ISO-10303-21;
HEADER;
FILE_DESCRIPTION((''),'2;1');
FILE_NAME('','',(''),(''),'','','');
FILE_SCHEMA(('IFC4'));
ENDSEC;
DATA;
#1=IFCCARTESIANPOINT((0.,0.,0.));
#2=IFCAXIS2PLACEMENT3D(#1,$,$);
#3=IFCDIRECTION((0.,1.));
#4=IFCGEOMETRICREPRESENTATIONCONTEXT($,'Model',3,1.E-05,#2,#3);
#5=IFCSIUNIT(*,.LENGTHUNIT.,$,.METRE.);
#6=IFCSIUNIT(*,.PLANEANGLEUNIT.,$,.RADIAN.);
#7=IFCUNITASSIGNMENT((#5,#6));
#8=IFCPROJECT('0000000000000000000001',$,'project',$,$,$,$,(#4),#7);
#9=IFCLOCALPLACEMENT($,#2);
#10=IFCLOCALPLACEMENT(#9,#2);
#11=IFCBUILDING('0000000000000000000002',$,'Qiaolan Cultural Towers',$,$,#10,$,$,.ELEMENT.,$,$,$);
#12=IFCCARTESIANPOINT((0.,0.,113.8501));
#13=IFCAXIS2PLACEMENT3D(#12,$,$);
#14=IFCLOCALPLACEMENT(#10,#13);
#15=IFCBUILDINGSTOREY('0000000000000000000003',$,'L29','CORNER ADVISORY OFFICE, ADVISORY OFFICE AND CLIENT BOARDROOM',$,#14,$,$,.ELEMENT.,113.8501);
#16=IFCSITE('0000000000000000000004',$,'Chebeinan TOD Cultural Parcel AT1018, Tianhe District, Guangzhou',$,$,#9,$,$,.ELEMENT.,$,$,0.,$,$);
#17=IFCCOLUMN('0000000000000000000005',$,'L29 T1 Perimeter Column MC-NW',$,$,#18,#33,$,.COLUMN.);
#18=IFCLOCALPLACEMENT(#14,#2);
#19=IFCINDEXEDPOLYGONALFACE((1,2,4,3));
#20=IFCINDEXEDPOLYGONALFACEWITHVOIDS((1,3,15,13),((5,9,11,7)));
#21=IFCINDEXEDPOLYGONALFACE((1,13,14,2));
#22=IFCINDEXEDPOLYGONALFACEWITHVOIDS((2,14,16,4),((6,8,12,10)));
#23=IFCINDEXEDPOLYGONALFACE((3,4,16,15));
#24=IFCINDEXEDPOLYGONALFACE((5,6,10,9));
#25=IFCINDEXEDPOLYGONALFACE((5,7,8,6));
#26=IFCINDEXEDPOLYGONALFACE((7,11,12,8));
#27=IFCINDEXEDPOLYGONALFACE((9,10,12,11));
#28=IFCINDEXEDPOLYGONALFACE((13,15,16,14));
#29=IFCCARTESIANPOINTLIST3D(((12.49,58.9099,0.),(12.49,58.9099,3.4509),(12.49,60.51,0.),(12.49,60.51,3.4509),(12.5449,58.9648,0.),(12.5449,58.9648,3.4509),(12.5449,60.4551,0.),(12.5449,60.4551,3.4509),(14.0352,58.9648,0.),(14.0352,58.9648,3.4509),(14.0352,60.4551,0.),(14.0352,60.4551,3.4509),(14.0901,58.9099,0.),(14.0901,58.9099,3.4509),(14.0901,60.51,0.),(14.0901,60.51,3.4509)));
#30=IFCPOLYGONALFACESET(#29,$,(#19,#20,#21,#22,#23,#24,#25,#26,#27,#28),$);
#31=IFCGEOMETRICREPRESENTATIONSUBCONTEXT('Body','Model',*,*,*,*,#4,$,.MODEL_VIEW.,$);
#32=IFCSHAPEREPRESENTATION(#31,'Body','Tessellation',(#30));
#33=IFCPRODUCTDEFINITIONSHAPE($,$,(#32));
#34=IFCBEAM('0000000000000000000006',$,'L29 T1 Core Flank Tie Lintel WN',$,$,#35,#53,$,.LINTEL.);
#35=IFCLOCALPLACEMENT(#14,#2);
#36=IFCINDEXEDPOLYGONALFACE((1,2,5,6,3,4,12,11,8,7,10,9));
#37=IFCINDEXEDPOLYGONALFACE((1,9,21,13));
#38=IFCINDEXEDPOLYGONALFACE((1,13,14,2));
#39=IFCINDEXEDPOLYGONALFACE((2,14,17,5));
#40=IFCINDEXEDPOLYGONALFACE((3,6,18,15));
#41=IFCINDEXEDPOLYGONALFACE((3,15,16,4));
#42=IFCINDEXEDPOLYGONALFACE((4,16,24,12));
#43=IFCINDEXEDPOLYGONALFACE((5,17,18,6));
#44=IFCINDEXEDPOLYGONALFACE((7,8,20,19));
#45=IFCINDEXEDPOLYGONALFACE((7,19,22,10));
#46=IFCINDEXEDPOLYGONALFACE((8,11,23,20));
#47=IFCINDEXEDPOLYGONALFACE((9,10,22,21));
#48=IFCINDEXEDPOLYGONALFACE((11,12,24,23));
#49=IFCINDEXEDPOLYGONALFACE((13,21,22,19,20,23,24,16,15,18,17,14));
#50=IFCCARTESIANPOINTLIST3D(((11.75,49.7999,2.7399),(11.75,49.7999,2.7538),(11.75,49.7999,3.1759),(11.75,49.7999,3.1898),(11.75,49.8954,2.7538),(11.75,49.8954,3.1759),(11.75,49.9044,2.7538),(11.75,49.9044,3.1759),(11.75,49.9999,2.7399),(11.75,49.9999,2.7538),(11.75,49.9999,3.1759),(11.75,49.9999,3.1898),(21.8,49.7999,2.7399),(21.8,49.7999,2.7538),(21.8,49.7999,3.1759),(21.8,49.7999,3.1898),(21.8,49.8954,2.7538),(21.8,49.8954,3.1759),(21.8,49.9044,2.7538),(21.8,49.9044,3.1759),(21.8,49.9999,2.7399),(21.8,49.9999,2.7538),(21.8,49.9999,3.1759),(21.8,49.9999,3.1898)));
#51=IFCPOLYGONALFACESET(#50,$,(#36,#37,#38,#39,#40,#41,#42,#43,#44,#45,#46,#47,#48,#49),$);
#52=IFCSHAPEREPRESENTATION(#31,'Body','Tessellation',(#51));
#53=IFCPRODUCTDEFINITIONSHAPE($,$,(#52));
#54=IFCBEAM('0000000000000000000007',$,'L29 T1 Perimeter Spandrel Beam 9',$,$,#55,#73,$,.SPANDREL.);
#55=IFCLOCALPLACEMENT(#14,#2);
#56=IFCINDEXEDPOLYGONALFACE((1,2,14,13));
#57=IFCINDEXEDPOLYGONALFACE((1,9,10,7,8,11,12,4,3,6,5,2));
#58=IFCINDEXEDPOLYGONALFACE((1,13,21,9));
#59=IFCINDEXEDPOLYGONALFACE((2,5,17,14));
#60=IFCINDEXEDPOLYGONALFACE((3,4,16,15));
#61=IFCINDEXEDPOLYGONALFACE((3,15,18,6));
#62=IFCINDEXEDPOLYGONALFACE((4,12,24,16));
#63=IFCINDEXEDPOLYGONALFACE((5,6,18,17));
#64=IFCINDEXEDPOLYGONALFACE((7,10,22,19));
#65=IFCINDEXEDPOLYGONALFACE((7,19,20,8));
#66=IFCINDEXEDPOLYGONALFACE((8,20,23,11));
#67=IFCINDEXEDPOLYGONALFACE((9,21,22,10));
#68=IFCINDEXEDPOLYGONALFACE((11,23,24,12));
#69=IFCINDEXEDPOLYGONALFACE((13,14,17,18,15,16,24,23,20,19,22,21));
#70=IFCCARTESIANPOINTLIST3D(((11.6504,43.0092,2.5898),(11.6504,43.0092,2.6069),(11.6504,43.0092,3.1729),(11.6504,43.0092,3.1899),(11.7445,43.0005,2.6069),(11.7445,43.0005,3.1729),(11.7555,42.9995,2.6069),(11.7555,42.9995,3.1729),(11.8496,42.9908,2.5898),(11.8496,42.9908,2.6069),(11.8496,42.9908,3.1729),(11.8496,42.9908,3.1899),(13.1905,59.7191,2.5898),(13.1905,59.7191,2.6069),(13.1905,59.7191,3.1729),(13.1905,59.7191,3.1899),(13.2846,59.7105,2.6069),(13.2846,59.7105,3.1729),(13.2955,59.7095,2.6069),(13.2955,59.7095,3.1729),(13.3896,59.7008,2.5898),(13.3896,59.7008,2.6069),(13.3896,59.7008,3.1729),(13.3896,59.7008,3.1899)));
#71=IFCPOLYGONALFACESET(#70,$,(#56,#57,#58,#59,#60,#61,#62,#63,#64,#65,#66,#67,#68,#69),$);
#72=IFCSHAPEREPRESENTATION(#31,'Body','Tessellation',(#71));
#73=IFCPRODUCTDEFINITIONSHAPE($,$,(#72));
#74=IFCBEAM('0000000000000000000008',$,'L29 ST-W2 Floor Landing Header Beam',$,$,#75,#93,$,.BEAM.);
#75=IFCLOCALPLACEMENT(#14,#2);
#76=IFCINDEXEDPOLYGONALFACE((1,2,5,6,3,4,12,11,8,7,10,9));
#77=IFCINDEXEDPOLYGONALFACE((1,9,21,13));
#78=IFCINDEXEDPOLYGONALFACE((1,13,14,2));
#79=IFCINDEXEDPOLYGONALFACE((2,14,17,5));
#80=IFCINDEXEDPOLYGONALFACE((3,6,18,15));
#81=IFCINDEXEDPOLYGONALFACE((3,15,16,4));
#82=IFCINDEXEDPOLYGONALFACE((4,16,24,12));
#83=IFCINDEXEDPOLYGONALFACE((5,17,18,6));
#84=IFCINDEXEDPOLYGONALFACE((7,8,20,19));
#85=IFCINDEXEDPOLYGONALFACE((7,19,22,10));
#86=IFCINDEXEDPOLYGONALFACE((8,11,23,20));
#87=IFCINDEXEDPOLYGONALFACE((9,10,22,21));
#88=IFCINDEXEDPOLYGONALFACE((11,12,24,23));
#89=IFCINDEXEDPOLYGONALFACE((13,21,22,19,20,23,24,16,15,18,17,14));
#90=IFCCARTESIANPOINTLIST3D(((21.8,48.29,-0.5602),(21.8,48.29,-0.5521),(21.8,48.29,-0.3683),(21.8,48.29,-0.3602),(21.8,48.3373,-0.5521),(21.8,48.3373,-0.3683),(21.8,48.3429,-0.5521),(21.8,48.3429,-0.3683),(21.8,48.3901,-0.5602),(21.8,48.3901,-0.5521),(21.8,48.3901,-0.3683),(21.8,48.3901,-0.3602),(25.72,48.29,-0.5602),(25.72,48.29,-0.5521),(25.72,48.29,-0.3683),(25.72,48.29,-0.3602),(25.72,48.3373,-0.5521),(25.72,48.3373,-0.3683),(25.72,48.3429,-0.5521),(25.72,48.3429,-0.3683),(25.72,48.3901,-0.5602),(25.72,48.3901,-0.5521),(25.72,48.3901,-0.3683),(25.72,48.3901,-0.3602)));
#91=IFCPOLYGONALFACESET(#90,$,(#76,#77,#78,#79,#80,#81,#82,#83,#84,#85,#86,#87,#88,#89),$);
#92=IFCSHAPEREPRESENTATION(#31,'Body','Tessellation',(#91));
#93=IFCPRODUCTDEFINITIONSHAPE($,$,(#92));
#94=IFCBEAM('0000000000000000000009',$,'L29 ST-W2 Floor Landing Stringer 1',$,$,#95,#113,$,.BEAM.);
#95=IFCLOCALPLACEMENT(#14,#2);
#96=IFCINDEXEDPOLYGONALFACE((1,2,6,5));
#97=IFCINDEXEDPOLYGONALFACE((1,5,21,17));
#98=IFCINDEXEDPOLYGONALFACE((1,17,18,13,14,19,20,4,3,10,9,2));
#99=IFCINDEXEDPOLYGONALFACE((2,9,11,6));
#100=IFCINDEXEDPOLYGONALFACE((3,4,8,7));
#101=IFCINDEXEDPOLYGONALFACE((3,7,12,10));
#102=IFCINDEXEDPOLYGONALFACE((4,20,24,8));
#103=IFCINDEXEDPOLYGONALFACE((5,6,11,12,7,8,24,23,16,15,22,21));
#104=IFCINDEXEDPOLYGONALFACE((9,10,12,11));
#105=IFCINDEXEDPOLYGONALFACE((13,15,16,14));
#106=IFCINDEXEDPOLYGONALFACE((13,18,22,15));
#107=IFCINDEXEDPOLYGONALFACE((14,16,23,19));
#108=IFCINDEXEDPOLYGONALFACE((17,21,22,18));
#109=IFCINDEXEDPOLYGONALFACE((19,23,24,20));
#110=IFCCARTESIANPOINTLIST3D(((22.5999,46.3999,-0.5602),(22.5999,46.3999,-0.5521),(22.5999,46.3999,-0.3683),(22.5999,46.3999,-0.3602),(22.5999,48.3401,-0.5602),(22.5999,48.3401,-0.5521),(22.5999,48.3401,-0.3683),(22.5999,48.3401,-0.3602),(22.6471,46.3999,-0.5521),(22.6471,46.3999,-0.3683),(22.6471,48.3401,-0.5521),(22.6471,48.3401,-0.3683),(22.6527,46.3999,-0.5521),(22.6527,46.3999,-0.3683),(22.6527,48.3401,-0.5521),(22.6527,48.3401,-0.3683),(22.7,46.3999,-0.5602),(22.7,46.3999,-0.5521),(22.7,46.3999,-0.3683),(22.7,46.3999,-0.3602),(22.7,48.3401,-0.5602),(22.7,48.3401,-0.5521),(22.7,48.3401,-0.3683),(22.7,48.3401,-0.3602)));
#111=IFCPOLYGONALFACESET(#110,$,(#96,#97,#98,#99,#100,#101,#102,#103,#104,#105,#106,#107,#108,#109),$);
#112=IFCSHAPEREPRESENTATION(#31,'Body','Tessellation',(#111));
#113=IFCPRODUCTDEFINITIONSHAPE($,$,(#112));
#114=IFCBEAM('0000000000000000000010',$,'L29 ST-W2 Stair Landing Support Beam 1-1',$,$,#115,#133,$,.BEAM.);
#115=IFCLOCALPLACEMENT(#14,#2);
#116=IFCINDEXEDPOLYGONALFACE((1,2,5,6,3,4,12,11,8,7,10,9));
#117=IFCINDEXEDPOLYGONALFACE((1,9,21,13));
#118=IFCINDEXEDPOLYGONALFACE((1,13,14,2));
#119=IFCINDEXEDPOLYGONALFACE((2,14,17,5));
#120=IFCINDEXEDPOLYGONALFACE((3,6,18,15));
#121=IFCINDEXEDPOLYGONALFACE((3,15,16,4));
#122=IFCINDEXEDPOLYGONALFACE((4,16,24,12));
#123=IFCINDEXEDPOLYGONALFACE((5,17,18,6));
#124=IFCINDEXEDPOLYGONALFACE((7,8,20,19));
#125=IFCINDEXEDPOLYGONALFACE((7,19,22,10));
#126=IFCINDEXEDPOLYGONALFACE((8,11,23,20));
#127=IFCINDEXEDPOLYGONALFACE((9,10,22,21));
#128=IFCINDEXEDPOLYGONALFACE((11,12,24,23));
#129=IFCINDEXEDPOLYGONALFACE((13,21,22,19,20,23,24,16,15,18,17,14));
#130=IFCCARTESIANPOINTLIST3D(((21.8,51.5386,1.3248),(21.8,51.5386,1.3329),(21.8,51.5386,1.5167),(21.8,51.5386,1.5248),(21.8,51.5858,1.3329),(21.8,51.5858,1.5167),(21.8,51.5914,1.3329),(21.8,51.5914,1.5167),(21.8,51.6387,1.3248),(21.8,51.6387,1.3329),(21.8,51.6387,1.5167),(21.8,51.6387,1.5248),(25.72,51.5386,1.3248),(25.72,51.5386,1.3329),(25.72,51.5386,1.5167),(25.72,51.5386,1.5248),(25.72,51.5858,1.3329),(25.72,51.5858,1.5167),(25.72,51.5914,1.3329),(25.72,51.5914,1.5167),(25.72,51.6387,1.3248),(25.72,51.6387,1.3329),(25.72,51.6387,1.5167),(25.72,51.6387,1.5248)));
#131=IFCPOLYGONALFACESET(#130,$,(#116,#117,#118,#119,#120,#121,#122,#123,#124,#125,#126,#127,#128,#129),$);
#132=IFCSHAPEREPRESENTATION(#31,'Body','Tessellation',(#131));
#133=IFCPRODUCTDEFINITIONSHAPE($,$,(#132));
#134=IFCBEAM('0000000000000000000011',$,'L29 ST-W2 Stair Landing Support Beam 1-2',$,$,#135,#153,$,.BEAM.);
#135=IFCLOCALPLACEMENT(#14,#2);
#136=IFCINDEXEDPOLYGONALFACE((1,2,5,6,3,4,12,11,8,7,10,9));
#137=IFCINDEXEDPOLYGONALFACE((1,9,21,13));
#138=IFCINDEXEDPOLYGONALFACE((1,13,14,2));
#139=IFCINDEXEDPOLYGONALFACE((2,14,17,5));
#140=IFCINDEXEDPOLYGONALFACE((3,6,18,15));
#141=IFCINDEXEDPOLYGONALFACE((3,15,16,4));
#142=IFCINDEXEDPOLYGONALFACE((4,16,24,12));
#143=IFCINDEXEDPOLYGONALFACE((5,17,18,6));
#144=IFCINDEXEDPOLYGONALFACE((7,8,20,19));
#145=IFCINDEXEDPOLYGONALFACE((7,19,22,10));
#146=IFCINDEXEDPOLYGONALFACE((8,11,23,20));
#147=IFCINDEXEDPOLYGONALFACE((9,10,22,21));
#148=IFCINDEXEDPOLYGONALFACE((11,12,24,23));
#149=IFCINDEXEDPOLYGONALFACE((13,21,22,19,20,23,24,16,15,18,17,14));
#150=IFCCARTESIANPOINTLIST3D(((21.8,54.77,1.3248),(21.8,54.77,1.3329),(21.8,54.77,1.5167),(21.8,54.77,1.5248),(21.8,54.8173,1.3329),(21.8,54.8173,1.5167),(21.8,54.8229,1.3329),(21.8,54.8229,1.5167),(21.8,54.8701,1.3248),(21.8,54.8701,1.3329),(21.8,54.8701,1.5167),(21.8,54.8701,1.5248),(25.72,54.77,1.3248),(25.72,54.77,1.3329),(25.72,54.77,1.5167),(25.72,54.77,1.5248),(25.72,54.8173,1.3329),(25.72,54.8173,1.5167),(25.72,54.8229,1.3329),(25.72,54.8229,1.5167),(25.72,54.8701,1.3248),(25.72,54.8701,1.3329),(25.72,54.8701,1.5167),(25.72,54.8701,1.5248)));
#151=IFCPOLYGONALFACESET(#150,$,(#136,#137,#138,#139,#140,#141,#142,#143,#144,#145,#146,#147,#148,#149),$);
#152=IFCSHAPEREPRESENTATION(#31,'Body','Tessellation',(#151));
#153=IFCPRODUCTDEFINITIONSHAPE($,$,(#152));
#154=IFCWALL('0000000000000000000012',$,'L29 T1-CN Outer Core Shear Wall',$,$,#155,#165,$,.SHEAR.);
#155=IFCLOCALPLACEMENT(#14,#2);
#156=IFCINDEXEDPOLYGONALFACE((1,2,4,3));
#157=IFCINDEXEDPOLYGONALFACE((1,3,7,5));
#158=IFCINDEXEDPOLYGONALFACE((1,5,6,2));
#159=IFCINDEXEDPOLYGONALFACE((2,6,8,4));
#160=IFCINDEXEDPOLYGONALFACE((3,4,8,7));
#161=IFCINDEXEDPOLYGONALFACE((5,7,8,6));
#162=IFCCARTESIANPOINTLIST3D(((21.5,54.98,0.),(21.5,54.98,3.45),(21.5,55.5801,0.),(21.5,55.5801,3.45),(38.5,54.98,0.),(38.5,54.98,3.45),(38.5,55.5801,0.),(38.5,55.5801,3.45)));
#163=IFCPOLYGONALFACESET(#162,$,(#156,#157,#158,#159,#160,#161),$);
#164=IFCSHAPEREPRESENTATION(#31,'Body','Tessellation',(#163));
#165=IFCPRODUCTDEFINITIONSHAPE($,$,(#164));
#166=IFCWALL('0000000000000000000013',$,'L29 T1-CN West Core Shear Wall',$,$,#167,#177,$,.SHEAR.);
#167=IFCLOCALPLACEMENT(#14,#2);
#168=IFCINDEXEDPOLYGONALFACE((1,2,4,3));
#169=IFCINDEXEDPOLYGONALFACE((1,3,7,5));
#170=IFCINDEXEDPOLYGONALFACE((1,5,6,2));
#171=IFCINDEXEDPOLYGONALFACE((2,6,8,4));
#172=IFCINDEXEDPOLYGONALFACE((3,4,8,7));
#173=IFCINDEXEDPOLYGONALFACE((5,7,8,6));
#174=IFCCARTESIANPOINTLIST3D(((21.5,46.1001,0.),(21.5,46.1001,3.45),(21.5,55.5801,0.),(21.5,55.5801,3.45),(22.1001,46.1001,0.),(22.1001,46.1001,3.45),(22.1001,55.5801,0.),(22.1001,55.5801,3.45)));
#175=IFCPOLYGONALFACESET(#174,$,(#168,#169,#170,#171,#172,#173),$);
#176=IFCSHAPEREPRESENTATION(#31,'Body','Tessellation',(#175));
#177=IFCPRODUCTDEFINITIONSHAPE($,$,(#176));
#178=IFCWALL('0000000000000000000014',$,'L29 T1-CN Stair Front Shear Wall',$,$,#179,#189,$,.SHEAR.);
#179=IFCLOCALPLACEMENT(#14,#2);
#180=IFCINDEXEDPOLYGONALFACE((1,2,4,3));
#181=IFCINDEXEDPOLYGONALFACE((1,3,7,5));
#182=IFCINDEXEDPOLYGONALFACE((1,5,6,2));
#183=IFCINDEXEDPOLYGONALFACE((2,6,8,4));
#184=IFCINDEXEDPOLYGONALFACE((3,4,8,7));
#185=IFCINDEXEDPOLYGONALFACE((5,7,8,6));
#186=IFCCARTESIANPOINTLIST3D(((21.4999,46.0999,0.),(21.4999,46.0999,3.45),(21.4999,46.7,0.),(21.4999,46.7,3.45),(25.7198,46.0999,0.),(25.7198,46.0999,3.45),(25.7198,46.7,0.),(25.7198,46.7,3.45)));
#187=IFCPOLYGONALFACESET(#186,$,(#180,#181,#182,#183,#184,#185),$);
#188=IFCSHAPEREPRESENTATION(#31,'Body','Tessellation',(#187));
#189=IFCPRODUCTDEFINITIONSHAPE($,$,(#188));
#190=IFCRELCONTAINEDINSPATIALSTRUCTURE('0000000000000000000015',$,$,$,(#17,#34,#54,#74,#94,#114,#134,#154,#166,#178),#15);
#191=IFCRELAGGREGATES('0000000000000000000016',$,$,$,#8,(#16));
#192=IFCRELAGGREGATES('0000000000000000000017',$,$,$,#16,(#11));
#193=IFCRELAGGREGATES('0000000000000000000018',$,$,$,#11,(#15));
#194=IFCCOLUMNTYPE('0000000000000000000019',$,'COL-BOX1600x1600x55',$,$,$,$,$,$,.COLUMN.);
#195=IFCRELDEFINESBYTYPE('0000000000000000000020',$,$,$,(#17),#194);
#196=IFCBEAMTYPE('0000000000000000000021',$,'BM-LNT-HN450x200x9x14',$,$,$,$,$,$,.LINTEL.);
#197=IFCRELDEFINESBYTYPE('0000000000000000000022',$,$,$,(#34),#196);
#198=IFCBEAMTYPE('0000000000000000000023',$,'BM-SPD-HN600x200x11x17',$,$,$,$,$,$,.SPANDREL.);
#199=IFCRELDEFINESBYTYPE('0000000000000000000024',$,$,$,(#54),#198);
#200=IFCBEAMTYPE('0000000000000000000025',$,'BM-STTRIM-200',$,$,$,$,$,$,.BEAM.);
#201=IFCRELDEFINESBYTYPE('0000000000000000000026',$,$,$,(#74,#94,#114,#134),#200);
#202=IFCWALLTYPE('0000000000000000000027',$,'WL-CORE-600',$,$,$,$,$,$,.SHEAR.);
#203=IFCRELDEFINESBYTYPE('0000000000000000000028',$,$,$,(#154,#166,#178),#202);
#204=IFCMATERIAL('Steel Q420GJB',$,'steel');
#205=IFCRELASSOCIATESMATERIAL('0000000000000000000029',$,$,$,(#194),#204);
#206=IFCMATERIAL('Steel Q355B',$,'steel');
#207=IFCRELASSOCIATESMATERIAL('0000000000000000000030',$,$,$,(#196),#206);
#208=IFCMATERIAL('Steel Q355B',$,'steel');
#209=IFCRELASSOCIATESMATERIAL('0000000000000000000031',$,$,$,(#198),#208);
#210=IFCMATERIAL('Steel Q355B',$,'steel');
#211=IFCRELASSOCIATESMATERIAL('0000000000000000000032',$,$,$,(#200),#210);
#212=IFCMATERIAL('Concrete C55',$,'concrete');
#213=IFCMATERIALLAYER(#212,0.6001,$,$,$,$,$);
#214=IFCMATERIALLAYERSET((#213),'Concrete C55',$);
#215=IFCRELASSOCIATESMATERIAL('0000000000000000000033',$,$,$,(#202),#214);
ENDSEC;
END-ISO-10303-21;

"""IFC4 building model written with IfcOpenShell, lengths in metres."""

from ifc_helpers import new_model, si_unit, direction, frame, frame_2d, origin, origin_2d, place, context, subcontext, project, spatial, rectangle, hollow_rectangle, i_section, extrude, material, layer, layer_set, material_profile, profile_set, type_object, element, save


model = new_model("IFC4")

# Units and contexts
model_context = context("Model", 3, precision=1e-05, world=origin(), true_north=direction((0.0, 1.0)))
body_context = subcontext(model_context, "Body", "Model", "MODEL_VIEW")
ifc_project = project(units=[si_unit("LENGTHUNIT", "METRE"), si_unit("PLANEANGLEUNIT", "RADIAN")], contexts=[model_context])

# Site, building, storey
site_placement = place(None, origin())
site = spatial("IfcSite", under=ifc_project, at=site_placement, Name="Chebeinan TOD Cultural Parcel AT1018, Tianhe District, Guangzhou", CompositionType="ELEMENT", RefElevation=0.0)
building_placement = place(site_placement, origin())
building = spatial("IfcBuilding", under=site, at=building_placement, Name="Qiaolan Cultural Towers", CompositionType="ELEMENT")
storey_placement = place(building_placement, frame((0.0, 0.0, 113.8501)))
storey = spatial("IfcBuildingStorey", under=building, at=storey_placement, Name="L29", Description="CORNER ADVISORY OFFICE, ADVISORY OFFICE AND CLIENT BOARDROOM", CompositionType="ELEMENT", Elevation=113.8501)

# Column
ifc_material_1 = material(Name="Steel Q420GJB", Category="steel")
ifc_material_profile_1 = material_profile(ifc_material_1, hollow_rectangle(XDim=1.6001, YDim=1.6001, WallThickness=0.0549, at=origin_2d()), Name="BOX1600x1600x55")
ifc_profile_set_1 = profile_set([ifc_material_profile_1], Name="Steel Q420GJB")
column_type = type_object("IfcColumnType", Name="COL-BOX1600x1600x55", PredefinedType="COLUMN", material=ifc_profile_set_1)
column_placement = place(storey_placement, frame((13.29, 59.71, 0.0), z_axis=(0.0, 0.0, 1.0), x_axis=(1.0, 0.0, 0.0)))
element("IfcColumn", 1, at=column_placement, inside=storey, type_object=column_type, Name="L29 T1 Perimeter Column MC-NW", PredefinedType="COLUMN", context=body_context, shape_type="SweptSolid", body=[
    extrude(hollow_rectangle(XDim=1.6001, YDim=1.6001, WallThickness=0.0549, at=origin_2d()), origin(), (0.0, 0.0, 1.0), 3.4509),
])

# Beams
ifc_material_2 = material(Name="Steel Q355B", Category="steel")
ifc_material_profile_2 = material_profile(ifc_material_2, i_section(OverallWidth=0.2, OverallDepth=0.45, WebThickness=0.009, FlangeThickness=0.0139, at=origin_2d()), Name="HN450x200x9x14")
ifc_profile_set_2 = profile_set([ifc_material_profile_2], Name="Steel Q355B")
beam_type_1 = type_object("IfcBeamType", Name="BM-LNT-HN450x200x9x14", PredefinedType="LINTEL", material=ifc_profile_set_2)
beam_1_placement = place(storey_placement, frame((21.8, 49.8999, 2.9648), z_axis=(-1.0, 0.0, 0.0), x_axis=(0.0, -1.0, 0.0)))
element("IfcBeam", 2, at=beam_1_placement, inside=storey, type_object=beam_type_1, Name="L29 T1 Core Flank Tie Lintel WN", PredefinedType="LINTEL", context=body_context, shape_type="SweptSolid", body=[
    extrude(i_section(OverallWidth=0.2, OverallDepth=0.45, WebThickness=0.009, FlangeThickness=0.0139, at=origin_2d()), origin(), (0.0, 0.0, 1.0), 10.05),
])
ifc_material_3 = material(Name="Steel Q355B", Category="steel")
ifc_material_profile_3 = material_profile(ifc_material_3, i_section(OverallWidth=0.2, OverallDepth=0.6001, WebThickness=0.011, FlangeThickness=0.0171, at=origin_2d()), Name="HN600x200x11x17")
ifc_profile_set_3 = profile_set([ifc_material_profile_3], Name="Steel Q355B")
beam_type_2 = type_object("IfcBeamType", Name="BM-SPD-HN600x200x11x17", PredefinedType="SPANDREL", material=ifc_profile_set_3)
beam_2_placement = place(storey_placement, frame((13.29, 59.71, 2.8899), z_axis=(-0.091774, -0.99578, 0.0), x_axis=(0.99578, -0.091774, 0.0)))
element("IfcBeam", 3, at=beam_2_placement, inside=storey, type_object=beam_type_2, Name="L29 T1 Perimeter Spandrel Beam 9", PredefinedType="SPANDREL", context=body_context, shape_type="SweptSolid", body=[
    extrude(i_section(OverallWidth=0.2, OverallDepth=0.6001, WebThickness=0.011, FlangeThickness=0.0171, at=origin_2d()), origin(), (0.0, 0.0, 1.0), 16.7808),
])
ifc_material_4 = material(Name="Steel Q355B", Category="steel")
ifc_material_profile_4 = material_profile(ifc_material_4, i_section(OverallWidth=0.1001, OverallDepth=0.2, WebThickness=0.0056, FlangeThickness=0.0081, at=origin_2d()), Name="HN200x100x5.5x8")
ifc_profile_set_4 = profile_set([ifc_material_profile_4], Name="Steel Q355B")
beam_type_3 = type_object("IfcBeamType", Name="BM-STTRIM-200", PredefinedType="BEAM", material=ifc_profile_set_4)
beam_3_placement = place(storey_placement, frame((21.8, 48.3401, -0.4602), z_axis=(1.0, 0.0, 0.0), x_axis=(0.0, 1.0, 0.0)))
element("IfcBeam", 4, at=beam_3_placement, inside=storey, type_object=beam_type_3, Name="L29 ST-W2 Floor Landing Header Beam", PredefinedType="BEAM", context=body_context, shape_type="SweptSolid", body=[
    extrude(i_section(OverallWidth=0.1001, OverallDepth=0.2, WebThickness=0.0056, FlangeThickness=0.0081, at=origin_2d()), origin(), (0.0, 0.0, 1.0), 3.9199),
])
beam_4_placement = place(storey_placement, frame((22.6499, 46.3999, -0.4602), z_axis=(0.0, 1.0, 0.0), x_axis=(-1.0, 0.0, 0.0)))
element("IfcBeam", 5, at=beam_4_placement, inside=storey, type_object=beam_type_3, Name="L29 ST-W2 Floor Landing Stringer 1", PredefinedType="BEAM", context=body_context, shape_type="SweptSolid", body=[
    extrude(i_section(OverallWidth=0.1001, OverallDepth=0.2, WebThickness=0.0056, FlangeThickness=0.0081, at=origin_2d()), origin(), (0.0, 0.0, 1.0), 1.9402),
])
for number, where, z_axis, x_axis, name in (
    (6, (21.8, 51.5886, 1.4248), (1.0, 0.0, 0.0), (0.0, 1.0, 0.0), "L29 ST-W2 Stair Landing Support Beam 1-1"),
    (7, (21.8, 54.8201, 1.4248), (1.0, 0.0, 0.0), (0.0, 1.0, 0.0), "L29 ST-W2 Stair Landing Support Beam 1-2"),
):
    element("IfcBeam", number, at=place(storey_placement, frame(where, z_axis=z_axis, x_axis=x_axis)), inside=storey, type_object=beam_type_3, Name=name, PredefinedType="BEAM", context=body_context, shape_type="SweptSolid", body=[
        extrude(i_section(OverallWidth=0.1001, OverallDepth=0.2, WebThickness=0.0056, FlangeThickness=0.0081, at=origin_2d()), origin(), (0.0, 0.0, 1.0), 3.9199),
    ])

# Walls
ifc_material_5 = material(Name="Concrete C55", Category="concrete")
ifc_layer_1 = layer(ifc_material_5, 0.6001)
ifc_layer_set_1 = layer_set([ifc_layer_1], Name="Concrete C55")
wall_type_1 = type_object("IfcWallType", Name="WL-CORE-600", PredefinedType="SHEAR", material=ifc_layer_set_1)
wall_1_placement = place(storey_placement, frame((21.5, 55.28, 0.0), z_axis=(0.0, 0.0, 1.0), x_axis=(1.0, 0.0, 0.0)))
element("IfcWall", 8, at=wall_1_placement, inside=storey, type_object=wall_type_1, Name="L29 T1-CN Outer Core Shear Wall", PredefinedType="SHEAR", context=body_context, shape_type="SweptSolid", body=[
    extrude(rectangle(XDim=17.0, YDim=0.6001, at=frame_2d((8.5, 0.0))), origin(), (0.0, 0.0, 1.0), 3.45),
])
wall_2_placement = place(storey_placement, frame((21.8, 46.1001, 0.0), z_axis=(0.0, 0.0, 1.0), x_axis=(0.0, 1.0, 0.0)))
element("IfcWall", 9, at=wall_2_placement, inside=storey, type_object=wall_type_1, Name="L29 T1-CN West Core Shear Wall", PredefinedType="SHEAR", context=body_context, shape_type="SweptSolid", body=[
    extrude(rectangle(XDim=9.48, YDim=0.6001, at=frame_2d((4.74, 0.0))), origin(), (0.0, 0.0, 1.0), 3.45),
])
wall_3_placement = place(storey_placement, frame((21.5, 46.3999, 0.0), z_axis=(0.0, 0.0, 1.0), x_axis=(1.0, 0.0, 0.0)))
element("IfcWall", 10, at=wall_3_placement, inside=storey, type_object=wall_type_1, Name="L29 T1-CN Stair Front Shear Wall", PredefinedType="SHEAR", context=body_context, shape_type="SweptSolid", body=[
    extrude(rectangle(XDim=4.22, YDim=0.6001, at=frame_2d((2.1099, 0.0))), origin(), (0.0, 0.0, 1.0), 3.45),
])

save(model, "model.ifc")
